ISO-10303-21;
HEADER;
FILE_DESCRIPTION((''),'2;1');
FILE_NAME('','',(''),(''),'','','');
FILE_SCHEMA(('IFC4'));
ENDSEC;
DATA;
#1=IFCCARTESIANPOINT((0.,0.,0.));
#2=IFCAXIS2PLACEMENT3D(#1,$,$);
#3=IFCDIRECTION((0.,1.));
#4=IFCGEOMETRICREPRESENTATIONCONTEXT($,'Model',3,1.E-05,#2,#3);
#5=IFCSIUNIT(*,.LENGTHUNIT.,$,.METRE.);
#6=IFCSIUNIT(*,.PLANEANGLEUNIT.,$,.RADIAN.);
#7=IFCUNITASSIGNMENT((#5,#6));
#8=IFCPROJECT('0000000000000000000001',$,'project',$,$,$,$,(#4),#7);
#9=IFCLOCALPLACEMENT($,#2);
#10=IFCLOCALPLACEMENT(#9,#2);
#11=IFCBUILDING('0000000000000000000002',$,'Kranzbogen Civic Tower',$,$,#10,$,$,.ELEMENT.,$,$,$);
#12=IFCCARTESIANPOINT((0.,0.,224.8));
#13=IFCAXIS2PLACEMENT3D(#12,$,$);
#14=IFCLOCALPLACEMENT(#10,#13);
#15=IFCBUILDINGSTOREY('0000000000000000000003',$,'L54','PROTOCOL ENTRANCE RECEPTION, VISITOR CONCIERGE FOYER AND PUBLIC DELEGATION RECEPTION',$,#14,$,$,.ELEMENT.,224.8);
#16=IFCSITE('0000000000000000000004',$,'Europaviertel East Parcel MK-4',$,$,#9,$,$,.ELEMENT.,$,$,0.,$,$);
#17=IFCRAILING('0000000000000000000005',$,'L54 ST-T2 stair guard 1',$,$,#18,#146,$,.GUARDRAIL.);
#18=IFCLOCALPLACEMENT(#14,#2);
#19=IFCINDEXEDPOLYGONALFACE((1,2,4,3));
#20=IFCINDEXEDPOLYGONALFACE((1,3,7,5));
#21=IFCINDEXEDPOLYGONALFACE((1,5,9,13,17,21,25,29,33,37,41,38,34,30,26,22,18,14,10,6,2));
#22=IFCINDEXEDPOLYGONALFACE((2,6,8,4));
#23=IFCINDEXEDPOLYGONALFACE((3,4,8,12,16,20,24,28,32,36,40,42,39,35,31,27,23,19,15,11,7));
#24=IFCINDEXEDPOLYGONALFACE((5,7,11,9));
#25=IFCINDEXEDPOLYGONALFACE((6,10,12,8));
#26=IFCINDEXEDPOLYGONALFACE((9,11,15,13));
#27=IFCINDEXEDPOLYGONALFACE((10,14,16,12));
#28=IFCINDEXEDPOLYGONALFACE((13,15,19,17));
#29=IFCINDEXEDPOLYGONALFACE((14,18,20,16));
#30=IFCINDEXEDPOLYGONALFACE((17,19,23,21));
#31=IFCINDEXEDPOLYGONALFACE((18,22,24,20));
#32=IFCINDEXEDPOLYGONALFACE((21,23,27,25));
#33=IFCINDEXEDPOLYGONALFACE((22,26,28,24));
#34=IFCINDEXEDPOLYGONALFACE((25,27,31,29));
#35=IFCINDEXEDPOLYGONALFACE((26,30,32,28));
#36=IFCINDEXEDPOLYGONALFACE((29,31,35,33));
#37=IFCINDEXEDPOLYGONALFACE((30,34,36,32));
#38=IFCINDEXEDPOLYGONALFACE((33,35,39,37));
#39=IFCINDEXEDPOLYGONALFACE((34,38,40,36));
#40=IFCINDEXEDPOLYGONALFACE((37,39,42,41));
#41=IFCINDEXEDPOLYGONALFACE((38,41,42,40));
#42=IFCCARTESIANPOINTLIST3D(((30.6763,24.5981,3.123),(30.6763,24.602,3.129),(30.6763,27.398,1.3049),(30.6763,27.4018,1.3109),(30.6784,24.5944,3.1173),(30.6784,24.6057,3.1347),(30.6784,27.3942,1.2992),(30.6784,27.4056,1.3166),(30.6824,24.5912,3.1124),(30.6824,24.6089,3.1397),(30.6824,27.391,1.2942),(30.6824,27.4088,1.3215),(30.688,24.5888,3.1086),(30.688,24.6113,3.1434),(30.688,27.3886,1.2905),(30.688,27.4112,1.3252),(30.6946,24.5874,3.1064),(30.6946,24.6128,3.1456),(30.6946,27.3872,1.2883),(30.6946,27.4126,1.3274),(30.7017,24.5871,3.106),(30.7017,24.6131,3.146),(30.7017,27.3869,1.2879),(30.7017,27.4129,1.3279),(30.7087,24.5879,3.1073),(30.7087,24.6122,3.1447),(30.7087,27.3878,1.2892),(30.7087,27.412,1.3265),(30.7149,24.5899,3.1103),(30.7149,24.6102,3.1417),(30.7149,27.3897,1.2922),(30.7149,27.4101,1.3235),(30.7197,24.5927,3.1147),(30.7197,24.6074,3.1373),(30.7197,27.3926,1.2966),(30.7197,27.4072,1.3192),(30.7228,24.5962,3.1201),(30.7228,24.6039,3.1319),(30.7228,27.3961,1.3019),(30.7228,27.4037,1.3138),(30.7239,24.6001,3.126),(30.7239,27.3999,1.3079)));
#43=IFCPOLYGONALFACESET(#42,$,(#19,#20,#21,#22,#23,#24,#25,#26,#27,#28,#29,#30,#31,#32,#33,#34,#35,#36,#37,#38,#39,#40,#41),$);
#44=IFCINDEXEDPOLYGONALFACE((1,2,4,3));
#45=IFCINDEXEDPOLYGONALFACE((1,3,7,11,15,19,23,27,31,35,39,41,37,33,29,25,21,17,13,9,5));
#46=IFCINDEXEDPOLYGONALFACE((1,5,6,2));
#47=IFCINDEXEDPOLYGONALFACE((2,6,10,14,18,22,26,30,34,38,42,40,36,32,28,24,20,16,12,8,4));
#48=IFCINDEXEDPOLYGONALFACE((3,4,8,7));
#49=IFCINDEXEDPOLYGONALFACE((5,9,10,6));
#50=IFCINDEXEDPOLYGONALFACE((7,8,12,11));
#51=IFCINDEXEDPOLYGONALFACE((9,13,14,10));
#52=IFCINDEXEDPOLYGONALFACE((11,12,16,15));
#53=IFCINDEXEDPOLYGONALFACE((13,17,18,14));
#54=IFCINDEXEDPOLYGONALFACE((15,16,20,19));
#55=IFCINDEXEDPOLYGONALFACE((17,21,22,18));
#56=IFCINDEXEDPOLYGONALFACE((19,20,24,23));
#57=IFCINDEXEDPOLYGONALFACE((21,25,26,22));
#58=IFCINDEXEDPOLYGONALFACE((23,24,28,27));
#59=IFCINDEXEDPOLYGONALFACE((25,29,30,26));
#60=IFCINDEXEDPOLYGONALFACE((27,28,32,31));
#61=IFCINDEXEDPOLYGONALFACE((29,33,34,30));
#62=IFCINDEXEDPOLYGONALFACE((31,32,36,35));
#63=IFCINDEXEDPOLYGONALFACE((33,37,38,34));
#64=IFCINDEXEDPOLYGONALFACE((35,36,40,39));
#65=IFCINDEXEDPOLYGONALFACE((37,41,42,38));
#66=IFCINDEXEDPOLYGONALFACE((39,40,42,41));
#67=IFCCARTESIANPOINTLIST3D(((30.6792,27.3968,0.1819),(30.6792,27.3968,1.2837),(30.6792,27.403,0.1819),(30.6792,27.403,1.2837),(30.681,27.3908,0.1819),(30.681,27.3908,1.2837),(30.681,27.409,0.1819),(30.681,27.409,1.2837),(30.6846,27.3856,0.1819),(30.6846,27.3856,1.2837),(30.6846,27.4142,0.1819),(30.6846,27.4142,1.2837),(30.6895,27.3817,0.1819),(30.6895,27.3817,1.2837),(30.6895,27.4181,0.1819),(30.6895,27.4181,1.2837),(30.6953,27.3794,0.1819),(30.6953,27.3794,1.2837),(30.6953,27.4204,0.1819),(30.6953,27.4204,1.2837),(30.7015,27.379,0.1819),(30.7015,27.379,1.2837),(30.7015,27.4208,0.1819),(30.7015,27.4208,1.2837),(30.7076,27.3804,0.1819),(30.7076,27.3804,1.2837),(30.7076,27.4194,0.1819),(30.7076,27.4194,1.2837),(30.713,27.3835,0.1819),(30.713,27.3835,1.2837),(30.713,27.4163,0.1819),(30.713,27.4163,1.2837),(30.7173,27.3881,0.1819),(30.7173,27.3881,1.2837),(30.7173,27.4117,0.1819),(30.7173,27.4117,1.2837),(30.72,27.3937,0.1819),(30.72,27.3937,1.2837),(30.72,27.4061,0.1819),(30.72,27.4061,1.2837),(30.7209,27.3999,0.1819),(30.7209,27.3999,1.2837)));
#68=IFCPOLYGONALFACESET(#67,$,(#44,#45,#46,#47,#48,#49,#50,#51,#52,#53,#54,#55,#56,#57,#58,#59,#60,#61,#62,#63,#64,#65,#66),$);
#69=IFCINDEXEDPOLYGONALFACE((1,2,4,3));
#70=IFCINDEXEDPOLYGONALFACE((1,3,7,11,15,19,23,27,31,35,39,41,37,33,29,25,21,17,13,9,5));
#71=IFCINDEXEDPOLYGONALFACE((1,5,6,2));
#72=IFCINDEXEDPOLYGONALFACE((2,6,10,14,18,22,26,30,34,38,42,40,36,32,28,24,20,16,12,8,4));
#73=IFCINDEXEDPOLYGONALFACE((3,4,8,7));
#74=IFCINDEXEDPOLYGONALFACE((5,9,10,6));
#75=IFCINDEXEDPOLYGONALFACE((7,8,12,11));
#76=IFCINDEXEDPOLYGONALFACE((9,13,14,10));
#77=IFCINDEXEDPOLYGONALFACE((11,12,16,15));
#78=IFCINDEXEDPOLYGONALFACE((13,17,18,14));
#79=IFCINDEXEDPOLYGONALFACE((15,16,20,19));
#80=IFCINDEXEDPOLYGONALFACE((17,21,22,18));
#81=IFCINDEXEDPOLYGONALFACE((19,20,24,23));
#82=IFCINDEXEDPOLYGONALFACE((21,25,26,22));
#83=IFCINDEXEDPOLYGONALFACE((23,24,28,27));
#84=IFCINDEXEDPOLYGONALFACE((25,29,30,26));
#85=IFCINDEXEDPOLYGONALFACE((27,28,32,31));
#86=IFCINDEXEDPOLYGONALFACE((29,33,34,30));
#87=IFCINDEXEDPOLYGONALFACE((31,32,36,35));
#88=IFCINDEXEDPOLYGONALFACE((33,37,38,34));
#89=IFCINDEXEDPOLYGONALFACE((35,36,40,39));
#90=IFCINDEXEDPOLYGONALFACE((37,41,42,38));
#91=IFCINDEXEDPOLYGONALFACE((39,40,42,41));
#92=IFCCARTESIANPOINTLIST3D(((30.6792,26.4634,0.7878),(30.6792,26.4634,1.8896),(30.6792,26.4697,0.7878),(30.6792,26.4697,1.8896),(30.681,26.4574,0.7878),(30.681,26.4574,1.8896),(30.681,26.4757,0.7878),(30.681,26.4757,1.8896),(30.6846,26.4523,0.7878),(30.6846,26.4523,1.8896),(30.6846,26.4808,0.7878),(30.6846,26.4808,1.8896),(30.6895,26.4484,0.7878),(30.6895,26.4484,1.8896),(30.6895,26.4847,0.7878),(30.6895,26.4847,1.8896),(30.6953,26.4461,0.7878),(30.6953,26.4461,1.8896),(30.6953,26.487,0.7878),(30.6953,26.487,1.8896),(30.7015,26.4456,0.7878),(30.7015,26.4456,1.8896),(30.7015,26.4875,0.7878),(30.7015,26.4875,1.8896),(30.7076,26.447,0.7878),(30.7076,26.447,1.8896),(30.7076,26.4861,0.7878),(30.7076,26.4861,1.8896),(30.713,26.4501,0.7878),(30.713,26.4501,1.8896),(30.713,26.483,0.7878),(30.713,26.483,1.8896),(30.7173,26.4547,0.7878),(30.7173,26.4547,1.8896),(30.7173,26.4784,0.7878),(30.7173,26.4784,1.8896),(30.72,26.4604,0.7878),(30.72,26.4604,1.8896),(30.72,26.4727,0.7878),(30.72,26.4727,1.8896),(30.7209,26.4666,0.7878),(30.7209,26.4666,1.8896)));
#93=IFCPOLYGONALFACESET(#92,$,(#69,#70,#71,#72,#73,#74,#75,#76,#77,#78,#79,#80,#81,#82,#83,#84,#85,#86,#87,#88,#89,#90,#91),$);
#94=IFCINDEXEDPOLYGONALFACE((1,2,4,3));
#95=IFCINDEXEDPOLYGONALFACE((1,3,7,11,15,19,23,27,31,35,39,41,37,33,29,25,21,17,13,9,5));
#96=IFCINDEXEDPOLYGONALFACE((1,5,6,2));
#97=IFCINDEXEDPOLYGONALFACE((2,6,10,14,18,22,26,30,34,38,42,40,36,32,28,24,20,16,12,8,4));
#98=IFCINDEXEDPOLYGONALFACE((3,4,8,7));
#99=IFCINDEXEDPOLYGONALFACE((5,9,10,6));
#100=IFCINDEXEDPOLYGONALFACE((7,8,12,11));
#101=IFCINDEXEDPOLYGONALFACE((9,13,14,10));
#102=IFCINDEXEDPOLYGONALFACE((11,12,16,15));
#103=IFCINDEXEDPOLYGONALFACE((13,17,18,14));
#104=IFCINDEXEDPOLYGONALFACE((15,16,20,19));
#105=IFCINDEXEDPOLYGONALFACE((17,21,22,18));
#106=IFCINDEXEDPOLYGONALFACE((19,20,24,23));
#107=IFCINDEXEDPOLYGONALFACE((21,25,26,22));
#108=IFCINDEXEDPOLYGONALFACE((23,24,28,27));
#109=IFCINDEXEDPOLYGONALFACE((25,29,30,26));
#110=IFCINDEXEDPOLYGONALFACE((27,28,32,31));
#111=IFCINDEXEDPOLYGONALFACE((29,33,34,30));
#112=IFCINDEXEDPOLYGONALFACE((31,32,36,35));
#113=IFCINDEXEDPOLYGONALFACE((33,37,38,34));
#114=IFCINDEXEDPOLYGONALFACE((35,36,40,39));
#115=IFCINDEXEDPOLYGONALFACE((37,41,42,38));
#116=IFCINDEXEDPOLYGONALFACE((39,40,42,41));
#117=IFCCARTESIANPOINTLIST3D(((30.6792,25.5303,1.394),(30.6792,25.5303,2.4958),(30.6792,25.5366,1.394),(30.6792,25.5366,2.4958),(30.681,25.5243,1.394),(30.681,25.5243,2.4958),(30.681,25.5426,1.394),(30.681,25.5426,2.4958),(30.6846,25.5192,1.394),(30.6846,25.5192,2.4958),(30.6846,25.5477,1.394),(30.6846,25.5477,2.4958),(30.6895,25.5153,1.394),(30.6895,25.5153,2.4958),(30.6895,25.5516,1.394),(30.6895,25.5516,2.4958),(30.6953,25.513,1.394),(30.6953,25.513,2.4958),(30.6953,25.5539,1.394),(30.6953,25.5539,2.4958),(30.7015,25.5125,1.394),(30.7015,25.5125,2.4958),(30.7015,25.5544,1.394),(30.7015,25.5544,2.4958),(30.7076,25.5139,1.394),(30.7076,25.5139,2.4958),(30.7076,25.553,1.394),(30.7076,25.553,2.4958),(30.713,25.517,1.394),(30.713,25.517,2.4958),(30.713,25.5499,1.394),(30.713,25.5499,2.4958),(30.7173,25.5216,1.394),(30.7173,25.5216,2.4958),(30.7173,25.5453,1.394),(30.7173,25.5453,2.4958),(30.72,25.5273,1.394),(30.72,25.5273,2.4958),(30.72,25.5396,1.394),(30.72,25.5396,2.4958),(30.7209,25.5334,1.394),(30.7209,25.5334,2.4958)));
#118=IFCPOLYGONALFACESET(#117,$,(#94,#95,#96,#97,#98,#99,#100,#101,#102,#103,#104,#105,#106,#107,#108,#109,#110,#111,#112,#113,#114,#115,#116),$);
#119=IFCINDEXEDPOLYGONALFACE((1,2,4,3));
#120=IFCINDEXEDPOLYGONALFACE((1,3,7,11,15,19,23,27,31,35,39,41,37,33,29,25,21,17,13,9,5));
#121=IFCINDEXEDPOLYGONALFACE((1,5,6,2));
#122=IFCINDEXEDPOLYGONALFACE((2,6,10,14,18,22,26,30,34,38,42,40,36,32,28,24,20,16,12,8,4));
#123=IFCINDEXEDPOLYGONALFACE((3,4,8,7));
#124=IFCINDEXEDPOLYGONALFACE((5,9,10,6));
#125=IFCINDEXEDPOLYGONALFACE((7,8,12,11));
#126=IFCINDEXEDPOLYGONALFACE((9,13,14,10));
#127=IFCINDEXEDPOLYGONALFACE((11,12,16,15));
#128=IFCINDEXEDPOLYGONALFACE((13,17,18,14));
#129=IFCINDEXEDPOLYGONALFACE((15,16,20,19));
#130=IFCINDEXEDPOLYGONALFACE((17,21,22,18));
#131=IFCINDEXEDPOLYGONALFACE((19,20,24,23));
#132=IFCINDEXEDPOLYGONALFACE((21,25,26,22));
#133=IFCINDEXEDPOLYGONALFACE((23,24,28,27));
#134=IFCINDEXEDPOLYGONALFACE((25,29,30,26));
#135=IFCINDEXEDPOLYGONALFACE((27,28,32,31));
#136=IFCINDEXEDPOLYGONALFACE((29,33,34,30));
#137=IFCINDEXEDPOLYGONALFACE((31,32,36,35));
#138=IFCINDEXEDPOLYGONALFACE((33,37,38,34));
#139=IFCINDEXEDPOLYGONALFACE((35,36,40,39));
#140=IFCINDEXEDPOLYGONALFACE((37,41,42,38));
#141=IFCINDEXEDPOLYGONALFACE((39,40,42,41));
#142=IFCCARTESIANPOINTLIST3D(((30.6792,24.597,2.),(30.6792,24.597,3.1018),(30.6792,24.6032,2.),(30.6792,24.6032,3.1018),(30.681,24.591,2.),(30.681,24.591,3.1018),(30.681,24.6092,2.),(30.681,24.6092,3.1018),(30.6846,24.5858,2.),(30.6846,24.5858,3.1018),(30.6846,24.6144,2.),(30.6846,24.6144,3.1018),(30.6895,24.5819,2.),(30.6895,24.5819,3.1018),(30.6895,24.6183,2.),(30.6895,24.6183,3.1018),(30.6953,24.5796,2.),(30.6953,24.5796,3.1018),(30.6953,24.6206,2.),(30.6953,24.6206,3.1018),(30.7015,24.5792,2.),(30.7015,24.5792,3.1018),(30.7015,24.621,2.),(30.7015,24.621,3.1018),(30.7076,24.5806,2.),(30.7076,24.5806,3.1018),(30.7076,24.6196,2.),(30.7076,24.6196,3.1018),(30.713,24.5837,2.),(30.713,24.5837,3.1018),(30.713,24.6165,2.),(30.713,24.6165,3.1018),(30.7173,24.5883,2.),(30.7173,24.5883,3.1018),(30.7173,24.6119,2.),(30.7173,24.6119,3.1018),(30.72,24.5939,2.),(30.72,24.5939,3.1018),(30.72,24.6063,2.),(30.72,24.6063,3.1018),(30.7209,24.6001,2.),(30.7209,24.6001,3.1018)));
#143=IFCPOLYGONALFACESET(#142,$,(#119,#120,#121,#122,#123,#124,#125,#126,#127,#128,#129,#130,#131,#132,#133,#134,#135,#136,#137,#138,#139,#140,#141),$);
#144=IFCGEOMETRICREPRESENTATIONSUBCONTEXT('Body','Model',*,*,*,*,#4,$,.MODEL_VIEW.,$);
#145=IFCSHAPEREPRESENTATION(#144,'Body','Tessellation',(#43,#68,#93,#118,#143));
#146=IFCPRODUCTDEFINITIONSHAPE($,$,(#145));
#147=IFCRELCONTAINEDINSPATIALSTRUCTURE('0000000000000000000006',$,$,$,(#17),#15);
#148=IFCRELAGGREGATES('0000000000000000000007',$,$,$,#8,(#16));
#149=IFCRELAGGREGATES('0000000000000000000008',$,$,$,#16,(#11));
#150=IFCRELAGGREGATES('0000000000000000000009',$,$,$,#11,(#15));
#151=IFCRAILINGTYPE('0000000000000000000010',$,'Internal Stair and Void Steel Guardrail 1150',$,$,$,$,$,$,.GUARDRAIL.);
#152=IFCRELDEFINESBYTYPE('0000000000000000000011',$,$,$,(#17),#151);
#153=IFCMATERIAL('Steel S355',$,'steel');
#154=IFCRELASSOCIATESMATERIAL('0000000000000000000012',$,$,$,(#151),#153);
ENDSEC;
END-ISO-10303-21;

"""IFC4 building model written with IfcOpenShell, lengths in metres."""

from ifc_helpers import new_model, si_unit, direction, frame, origin, origin_2d, place, context, subcontext, project, spatial, circle, extrude, material, type_object, element, save


model = new_model("IFC4")

# Units and contexts
model_context = context("Model", 3, precision=1e-05, world=origin(), true_north=direction((0.0, 1.0)))
body_context = subcontext(model_context, "Body", "Model", "MODEL_VIEW")
ifc_project = project(units=[si_unit("LENGTHUNIT", "METRE"), si_unit("PLANEANGLEUNIT", "RADIAN")], contexts=[model_context])

# Site, building, storey
site_placement = place(None, origin())
site = spatial("IfcSite", under=ifc_project, at=site_placement, Name="Europaviertel East Parcel MK-4", CompositionType="ELEMENT", RefElevation=0.0)
building_placement = place(site_placement, origin())
building = spatial("IfcBuilding", under=site, at=building_placement, Name="Kranzbogen Civic Tower", CompositionType="ELEMENT")
storey_placement = place(building_placement, frame((0.0, 0.0, 224.8)))
storey = spatial("IfcBuildingStorey", under=building, at=storey_placement, Name="L54", Description="PROTOCOL ENTRANCE RECEPTION, VISITOR CONCIERGE FOYER AND PUBLIC DELEGATION RECEPTION", CompositionType="ELEMENT", Elevation=224.8)

# Shared definitions
ifc_material_1 = material(Name="Steel S355", Category="steel")

# Railing
railing_type_1 = type_object("IfcRailingType", Name="Internal Stair and Void Steel Guardrail 1150", PredefinedType="GUARDRAIL", material=ifc_material_1)
railing_1_placement = place(storey_placement, frame((30.7, 27.3999, 0.1819)))
element("IfcRailing", 1, at=railing_1_placement, inside=storey, type_object=railing_type_1, Name="L54 ST-T2 stair guard 1", PredefinedType="GUARDRAIL", context=body_context, shape_type="SweptSolid", body=[
    extrude(circle(Radius=0.0239, at=origin_2d()), frame((0.0, 0.0, 1.126), z_axis=(0.0, -0.838684, 0.544618), x_axis=(1.0, 0.0, 0.0)), (0.0, 0.0, 1.0), 3.3384),
    extrude(circle(Radius=0.021, at=origin_2d()), origin(), (0.0, 0.0, 1.0), 1.1018),
    extrude(circle(Radius=0.021, at=origin_2d()), frame((0.0, -0.9333, 0.606)), (0.0, 0.0, 1.0), 1.1018),
    extrude(circle(Radius=0.021, at=origin_2d()), frame((0.0, -1.8665, 1.2122)), (0.0, 0.0, 1.0), 1.1018),
    extrude(circle(Radius=0.021, at=origin_2d()), frame((0.0, -2.7998, 1.8181)), (0.0, 0.0, 1.0), 1.1018),
])

save(model, "model.ifc")
